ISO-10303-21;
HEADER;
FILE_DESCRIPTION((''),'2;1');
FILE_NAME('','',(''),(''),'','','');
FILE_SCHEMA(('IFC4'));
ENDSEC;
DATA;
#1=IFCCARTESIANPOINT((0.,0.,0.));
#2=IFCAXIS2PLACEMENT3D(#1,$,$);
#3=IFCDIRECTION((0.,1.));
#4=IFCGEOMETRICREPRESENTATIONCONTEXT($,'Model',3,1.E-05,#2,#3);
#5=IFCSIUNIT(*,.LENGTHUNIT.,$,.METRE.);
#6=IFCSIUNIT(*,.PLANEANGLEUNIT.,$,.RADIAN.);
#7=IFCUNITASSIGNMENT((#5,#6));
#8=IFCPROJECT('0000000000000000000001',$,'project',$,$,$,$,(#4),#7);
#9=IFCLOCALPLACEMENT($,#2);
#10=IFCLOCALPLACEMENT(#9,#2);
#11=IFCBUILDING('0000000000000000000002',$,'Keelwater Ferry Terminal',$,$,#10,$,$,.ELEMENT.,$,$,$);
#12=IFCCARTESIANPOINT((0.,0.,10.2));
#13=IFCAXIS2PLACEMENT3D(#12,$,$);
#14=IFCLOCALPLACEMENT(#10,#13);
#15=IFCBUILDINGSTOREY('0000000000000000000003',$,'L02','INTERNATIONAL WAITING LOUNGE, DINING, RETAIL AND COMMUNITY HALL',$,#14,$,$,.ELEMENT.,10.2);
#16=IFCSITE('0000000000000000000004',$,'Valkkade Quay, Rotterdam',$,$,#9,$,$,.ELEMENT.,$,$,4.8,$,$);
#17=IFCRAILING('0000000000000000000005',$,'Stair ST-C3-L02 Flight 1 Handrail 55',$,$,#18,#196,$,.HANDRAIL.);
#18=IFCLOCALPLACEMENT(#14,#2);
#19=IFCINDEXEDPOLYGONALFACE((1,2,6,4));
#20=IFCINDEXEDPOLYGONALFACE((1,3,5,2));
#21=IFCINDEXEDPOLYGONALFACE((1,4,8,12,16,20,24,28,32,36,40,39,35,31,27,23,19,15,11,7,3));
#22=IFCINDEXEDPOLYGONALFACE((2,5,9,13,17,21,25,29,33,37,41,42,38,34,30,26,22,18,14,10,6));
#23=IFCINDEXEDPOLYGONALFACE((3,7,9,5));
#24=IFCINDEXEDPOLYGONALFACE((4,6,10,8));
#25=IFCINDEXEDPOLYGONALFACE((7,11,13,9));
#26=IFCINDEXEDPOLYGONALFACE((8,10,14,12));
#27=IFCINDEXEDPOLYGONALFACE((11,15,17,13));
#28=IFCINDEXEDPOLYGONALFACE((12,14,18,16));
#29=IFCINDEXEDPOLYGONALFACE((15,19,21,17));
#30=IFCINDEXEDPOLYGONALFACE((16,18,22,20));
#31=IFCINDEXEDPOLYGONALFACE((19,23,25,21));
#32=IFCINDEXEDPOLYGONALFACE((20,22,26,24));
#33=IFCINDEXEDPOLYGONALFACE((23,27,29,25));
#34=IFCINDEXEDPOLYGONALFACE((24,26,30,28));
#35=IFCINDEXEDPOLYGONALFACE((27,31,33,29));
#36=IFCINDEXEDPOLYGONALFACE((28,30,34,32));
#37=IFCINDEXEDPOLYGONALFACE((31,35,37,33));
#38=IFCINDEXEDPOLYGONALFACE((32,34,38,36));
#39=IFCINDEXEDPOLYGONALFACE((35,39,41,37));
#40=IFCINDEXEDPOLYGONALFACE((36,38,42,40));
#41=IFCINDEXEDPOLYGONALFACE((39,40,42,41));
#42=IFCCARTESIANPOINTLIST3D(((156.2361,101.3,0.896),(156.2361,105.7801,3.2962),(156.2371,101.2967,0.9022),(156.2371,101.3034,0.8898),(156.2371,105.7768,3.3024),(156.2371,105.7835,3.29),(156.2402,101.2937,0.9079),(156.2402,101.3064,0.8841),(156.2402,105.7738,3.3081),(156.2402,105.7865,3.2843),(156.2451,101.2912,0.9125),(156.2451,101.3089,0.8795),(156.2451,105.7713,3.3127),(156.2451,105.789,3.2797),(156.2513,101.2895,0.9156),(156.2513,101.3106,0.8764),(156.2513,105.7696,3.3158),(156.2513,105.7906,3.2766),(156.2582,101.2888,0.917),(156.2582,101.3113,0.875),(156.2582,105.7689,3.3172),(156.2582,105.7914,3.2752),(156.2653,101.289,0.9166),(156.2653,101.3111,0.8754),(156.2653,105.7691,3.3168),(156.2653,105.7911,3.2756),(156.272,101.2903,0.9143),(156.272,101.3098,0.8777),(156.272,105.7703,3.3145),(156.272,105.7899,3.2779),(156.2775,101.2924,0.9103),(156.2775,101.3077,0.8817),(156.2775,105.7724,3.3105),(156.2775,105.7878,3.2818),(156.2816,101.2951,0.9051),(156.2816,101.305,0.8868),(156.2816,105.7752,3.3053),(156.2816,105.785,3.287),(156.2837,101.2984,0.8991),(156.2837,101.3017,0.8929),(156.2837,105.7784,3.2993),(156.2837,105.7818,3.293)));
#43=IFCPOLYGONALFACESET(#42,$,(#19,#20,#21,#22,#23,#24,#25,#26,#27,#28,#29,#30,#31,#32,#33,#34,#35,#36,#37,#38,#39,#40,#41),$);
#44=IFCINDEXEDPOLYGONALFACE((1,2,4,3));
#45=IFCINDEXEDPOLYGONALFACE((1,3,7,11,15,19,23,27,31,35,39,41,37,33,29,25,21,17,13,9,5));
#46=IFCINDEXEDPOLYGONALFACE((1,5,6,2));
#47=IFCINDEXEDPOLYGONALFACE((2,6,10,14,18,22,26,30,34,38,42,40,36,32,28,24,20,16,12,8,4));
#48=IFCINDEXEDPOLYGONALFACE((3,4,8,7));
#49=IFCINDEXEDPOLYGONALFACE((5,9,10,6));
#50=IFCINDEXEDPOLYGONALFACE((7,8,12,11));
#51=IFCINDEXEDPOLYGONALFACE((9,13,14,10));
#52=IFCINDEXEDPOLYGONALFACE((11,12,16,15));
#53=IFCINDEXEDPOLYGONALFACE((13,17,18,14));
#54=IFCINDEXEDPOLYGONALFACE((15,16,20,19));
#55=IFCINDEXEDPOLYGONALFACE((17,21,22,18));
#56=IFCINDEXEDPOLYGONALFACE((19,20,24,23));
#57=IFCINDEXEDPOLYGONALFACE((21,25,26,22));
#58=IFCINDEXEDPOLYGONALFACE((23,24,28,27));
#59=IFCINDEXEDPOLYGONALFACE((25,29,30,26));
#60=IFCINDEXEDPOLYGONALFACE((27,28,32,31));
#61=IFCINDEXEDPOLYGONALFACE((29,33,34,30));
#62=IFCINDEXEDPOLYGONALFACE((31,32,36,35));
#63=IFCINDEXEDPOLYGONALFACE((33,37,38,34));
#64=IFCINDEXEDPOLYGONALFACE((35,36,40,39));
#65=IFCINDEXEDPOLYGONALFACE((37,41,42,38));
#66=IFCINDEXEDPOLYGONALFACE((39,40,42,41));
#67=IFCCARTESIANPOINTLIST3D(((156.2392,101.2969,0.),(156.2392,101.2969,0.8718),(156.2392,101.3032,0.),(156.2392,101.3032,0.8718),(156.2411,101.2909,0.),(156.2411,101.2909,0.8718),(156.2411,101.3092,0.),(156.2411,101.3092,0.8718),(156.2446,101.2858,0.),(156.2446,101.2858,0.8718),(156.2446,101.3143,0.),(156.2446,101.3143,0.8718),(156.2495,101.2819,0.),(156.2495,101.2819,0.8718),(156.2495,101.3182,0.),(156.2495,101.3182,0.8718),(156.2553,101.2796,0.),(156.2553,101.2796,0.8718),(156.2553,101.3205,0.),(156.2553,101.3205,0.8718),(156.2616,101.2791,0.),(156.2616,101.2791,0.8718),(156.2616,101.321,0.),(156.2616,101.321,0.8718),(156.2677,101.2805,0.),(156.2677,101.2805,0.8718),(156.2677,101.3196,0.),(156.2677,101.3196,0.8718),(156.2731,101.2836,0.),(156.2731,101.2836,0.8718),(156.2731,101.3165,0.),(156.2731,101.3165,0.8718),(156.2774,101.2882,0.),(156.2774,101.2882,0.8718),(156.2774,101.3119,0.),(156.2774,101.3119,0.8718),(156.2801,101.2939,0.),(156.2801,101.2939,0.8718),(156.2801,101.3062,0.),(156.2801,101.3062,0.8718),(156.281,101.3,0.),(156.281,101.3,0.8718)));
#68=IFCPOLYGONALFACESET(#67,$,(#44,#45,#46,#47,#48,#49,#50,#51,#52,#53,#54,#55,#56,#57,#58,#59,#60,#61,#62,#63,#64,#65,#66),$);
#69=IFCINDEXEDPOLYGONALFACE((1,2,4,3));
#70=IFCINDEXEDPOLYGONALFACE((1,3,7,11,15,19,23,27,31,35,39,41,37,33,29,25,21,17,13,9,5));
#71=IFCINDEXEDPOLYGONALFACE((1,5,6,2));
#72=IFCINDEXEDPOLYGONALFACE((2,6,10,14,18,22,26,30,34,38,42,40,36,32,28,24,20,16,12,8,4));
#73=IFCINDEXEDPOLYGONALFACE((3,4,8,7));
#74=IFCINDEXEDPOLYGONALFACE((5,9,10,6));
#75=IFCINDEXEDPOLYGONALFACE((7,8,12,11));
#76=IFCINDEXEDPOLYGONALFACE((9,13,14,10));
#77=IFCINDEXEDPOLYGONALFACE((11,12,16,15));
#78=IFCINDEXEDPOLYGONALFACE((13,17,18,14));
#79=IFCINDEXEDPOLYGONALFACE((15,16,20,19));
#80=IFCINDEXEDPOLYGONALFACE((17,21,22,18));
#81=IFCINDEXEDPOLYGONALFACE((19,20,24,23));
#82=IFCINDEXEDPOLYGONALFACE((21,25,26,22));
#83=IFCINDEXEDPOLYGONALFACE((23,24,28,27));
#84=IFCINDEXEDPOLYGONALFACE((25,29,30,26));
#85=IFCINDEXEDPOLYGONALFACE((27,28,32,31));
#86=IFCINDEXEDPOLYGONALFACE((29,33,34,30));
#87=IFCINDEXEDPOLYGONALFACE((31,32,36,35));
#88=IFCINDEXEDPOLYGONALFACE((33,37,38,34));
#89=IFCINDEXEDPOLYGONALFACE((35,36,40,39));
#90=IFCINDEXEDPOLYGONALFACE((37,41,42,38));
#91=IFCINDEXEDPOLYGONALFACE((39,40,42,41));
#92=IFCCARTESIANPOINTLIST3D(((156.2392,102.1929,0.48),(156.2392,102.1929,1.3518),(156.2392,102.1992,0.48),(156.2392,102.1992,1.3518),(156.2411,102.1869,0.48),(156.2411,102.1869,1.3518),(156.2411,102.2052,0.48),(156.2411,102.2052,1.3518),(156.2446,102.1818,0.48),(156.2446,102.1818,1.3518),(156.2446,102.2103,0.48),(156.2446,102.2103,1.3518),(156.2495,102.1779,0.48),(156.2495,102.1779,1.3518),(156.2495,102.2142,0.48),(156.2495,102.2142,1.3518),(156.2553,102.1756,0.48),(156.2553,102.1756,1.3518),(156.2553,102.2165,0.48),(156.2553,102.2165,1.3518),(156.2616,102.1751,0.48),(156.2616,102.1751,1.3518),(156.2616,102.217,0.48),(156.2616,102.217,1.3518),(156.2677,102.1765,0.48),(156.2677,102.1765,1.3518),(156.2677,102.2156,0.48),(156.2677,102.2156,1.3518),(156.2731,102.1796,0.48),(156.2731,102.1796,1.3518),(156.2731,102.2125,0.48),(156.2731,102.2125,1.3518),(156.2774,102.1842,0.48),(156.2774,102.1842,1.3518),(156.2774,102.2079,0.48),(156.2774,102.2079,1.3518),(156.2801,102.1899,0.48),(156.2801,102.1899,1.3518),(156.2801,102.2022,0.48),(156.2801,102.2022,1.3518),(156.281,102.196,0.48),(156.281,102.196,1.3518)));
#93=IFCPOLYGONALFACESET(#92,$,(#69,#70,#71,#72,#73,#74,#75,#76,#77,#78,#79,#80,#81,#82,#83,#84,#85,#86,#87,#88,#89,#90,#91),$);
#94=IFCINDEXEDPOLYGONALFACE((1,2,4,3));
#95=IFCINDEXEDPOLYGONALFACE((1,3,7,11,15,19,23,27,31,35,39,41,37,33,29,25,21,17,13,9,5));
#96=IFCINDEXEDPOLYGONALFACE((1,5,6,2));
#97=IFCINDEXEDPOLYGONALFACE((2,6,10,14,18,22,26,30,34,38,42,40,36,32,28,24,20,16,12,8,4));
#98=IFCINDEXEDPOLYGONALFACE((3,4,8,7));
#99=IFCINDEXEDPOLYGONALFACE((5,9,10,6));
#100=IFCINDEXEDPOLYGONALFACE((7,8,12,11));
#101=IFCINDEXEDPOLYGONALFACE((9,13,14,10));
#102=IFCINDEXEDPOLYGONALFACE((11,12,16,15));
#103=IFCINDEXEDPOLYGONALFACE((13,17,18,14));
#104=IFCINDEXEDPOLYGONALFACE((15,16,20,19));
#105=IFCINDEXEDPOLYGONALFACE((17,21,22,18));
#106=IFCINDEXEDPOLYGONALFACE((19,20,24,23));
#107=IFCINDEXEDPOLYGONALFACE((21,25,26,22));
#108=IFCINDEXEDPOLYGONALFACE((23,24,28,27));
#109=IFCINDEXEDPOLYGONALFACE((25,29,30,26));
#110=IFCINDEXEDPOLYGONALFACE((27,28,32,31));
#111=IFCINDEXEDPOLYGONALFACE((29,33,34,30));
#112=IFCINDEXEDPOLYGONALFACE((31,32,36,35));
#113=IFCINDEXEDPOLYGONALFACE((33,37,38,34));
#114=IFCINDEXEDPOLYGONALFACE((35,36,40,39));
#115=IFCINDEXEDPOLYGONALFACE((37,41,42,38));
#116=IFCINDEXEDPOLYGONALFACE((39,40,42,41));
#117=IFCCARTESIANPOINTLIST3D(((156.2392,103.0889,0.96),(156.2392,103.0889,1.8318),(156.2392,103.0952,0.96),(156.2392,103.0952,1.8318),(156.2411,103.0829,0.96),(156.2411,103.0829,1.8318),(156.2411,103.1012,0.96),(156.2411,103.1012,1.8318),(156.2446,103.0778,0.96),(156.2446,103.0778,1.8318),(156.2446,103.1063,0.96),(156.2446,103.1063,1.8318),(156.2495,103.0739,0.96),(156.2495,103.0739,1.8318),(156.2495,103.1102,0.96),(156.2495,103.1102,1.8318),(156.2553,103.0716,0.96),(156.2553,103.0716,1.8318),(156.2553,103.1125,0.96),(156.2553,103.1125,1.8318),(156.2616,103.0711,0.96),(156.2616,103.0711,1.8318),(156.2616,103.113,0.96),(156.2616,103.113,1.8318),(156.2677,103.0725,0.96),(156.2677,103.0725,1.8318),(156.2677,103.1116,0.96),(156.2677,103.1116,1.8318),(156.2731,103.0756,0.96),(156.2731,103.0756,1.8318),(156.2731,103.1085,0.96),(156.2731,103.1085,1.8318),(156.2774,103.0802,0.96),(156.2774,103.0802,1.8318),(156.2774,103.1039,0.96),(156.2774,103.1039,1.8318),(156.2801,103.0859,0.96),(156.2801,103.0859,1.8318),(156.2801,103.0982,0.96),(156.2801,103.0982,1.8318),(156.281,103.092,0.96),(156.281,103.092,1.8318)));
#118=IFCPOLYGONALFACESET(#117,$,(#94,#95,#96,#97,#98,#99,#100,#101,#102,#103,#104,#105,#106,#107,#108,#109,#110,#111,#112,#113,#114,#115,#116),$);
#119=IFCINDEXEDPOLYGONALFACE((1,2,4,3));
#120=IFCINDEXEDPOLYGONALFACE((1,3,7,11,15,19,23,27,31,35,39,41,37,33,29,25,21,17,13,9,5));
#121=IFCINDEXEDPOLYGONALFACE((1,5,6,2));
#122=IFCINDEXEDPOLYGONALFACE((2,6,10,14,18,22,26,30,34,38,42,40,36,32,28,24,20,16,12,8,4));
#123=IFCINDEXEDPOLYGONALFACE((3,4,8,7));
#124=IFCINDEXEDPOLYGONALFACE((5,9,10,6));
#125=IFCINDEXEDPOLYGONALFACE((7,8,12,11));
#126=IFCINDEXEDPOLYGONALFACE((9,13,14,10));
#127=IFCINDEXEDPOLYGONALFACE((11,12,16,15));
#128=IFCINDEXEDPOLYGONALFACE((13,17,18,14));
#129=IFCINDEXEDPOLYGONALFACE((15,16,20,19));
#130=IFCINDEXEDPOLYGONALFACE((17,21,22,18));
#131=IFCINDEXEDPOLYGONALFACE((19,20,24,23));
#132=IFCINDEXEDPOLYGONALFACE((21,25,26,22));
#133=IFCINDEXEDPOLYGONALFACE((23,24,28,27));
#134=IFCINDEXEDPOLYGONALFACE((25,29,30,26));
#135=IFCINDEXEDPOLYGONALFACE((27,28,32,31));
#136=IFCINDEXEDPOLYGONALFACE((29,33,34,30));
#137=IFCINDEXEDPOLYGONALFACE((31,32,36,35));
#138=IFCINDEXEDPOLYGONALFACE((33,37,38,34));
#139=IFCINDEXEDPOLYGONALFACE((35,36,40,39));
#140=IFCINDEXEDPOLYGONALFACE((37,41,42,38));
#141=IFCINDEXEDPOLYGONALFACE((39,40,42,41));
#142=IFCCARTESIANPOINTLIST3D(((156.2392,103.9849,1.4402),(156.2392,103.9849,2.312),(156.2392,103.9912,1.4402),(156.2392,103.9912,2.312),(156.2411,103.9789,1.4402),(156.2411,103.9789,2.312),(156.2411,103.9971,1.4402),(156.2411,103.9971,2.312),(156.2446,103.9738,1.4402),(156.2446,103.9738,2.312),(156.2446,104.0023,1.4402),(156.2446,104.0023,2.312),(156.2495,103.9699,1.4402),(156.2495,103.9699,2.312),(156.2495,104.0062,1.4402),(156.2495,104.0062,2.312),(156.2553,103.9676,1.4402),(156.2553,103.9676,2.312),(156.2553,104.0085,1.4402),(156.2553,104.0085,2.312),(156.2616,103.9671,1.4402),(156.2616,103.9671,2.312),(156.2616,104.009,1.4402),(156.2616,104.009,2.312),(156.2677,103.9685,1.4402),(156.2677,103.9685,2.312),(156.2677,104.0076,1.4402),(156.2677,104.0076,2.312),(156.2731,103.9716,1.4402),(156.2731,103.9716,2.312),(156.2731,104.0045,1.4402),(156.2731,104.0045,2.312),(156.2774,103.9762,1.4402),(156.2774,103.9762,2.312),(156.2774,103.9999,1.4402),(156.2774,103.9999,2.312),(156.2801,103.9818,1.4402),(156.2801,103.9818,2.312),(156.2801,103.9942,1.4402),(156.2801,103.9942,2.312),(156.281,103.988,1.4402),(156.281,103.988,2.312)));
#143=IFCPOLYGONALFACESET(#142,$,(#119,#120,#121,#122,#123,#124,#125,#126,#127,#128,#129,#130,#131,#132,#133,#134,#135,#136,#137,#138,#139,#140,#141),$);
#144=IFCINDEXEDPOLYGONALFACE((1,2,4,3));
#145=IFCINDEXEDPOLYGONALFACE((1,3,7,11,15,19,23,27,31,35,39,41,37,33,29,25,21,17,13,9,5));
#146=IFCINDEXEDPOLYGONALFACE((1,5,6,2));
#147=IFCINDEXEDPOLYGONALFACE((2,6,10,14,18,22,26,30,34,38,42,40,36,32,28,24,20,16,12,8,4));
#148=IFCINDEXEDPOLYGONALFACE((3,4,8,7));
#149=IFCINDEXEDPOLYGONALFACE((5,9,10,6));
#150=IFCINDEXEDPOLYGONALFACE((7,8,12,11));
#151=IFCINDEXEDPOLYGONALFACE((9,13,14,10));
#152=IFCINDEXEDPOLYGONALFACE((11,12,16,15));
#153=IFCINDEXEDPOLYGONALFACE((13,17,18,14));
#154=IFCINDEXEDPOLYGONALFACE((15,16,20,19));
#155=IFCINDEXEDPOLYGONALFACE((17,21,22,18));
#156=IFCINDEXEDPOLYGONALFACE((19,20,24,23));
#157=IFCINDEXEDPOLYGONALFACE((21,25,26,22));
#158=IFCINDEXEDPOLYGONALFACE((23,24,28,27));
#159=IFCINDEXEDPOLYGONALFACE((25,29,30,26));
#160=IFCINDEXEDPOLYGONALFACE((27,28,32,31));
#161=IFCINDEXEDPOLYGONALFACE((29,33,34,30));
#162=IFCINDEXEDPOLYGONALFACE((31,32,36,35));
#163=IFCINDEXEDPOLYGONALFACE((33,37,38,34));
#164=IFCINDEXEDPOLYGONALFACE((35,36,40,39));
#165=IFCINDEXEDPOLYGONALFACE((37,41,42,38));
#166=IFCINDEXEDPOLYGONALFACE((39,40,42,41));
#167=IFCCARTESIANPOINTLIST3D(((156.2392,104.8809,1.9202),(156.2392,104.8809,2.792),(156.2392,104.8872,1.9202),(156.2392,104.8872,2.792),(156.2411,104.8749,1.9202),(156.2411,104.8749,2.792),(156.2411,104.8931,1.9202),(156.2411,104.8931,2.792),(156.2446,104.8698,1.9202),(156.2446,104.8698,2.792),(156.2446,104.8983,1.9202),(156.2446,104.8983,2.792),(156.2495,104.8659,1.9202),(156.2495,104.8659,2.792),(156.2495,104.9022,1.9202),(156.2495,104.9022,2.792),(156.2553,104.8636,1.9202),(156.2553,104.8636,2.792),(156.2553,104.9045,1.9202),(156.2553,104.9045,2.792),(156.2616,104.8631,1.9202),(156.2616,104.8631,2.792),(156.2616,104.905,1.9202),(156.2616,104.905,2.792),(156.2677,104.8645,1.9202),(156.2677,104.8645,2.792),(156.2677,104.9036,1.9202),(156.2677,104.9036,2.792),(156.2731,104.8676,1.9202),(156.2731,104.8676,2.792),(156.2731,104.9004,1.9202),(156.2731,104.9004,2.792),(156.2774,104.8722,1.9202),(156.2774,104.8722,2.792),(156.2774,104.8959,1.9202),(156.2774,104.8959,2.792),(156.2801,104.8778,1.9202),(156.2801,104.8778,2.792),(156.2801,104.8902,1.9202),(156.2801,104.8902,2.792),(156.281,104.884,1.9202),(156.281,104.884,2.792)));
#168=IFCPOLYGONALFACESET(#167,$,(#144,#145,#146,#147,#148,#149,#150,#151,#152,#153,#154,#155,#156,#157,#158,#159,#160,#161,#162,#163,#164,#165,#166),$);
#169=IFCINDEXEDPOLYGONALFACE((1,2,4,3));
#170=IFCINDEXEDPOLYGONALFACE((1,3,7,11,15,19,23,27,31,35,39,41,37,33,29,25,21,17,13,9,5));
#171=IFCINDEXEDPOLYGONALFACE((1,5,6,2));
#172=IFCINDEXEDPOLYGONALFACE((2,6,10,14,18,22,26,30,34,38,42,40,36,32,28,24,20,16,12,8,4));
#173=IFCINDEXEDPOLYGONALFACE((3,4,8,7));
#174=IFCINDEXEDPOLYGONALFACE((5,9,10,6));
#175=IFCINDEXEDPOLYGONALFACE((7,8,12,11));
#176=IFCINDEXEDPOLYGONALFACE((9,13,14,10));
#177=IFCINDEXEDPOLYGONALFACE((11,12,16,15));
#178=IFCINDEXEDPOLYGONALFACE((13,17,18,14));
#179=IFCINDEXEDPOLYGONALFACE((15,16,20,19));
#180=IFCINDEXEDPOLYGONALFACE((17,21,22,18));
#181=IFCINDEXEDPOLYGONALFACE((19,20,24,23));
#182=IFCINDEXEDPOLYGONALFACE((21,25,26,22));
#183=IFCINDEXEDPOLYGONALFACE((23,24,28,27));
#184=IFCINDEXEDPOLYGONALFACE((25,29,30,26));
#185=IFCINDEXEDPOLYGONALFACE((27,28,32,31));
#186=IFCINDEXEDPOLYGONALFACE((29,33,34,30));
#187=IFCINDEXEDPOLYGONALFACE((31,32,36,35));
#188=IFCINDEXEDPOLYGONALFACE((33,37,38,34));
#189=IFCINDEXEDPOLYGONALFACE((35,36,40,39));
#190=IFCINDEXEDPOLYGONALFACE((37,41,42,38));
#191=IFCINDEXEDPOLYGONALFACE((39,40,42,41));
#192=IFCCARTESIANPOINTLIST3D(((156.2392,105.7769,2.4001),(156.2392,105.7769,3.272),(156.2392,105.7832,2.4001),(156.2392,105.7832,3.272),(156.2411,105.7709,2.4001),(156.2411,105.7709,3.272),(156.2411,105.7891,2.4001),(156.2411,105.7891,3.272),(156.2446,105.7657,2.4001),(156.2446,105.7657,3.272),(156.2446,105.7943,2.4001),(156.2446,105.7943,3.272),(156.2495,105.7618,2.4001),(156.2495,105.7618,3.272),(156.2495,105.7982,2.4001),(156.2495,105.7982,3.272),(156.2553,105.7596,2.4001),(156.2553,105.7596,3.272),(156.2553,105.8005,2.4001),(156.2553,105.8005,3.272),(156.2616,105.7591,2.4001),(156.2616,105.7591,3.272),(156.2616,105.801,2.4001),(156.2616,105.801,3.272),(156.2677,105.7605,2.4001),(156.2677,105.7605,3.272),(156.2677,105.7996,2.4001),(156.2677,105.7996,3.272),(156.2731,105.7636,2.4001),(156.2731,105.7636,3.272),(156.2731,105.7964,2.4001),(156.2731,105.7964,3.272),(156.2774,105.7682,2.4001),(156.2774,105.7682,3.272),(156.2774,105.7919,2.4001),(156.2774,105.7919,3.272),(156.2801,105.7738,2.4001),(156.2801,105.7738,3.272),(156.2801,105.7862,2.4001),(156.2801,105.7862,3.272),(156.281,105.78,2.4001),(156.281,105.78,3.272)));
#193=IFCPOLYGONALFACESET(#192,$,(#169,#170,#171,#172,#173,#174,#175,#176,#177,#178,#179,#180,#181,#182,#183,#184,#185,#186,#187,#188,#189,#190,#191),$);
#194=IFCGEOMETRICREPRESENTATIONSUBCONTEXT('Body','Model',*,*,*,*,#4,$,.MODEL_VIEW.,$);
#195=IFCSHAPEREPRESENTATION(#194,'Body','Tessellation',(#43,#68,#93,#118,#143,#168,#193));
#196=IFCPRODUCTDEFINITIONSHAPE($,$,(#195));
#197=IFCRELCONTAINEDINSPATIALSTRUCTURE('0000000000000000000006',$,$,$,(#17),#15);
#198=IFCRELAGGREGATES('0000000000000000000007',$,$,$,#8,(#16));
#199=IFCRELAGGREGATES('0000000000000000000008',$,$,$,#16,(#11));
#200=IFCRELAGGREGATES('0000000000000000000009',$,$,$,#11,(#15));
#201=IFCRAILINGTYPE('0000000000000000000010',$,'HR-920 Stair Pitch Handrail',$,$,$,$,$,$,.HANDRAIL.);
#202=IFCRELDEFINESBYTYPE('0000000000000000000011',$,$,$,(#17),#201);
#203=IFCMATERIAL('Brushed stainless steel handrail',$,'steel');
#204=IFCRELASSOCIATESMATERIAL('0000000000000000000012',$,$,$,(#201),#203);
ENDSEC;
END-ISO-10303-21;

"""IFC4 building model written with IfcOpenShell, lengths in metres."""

from ifc_helpers import new_model, si_unit, direction, frame, origin, origin_2d, place, context, subcontext, project, spatial, circle, extrude, material, type_object, element, save


model = new_model("IFC4")

# Units and contexts
model_context = context("Model", 3, precision=1e-05, world=origin(), true_north=direction((0.0, 1.0)))
body_context = subcontext(model_context, "Body", "Model", "MODEL_VIEW")
ifc_project = project(units=[si_unit("LENGTHUNIT", "METRE"), si_unit("PLANEANGLEUNIT", "RADIAN")], contexts=[model_context])

# Site, building, storey
site_placement = place(None, origin())
site = spatial("IfcSite", under=ifc_project, at=site_placement, Name="Valkkade Quay, Rotterdam", CompositionType="ELEMENT", RefElevation=4.8)
building_placement = place(site_placement, origin())
building = spatial("IfcBuilding", under=site, at=building_placement, Name="Keelwater Ferry Terminal", CompositionType="ELEMENT")
storey_placement = place(building_placement, frame((0.0, 0.0, 10.2)))
storey = spatial("IfcBuildingStorey", under=building, at=storey_placement, Name="L02", Description="INTERNATIONAL WAITING LOUNGE, DINING, RETAIL AND COMMUNITY HALL", CompositionType="ELEMENT", Elevation=10.2)

# Railing
ifc_material_1 = material(Name="Brushed stainless steel handrail", Category="steel")
railing_type_1 = type_object("IfcRailingType", Name="HR-920 Stair Pitch Handrail", PredefinedType="HANDRAIL", material=ifc_material_1)
railing_1_placement = place(storey_placement, frame((156.26, 101.3, 0.0)))
element("IfcRailing", 1, at=railing_1_placement, inside=storey, type_object=railing_type_1, Name="Stair ST-C3-L02 Flight 1 Handrail 55", PredefinedType="HANDRAIL", context=body_context, shape_type="SweptSolid", body=[
    extrude(circle(Radius=0.0239, at=origin_2d()), frame((0.0, 0.0, 0.896), z_axis=(0.0, 0.881467, 0.472245), x_axis=(-1.0, 0.0, 0.0)), (0.0, 0.0, 1.0), 5.0825),
    extrude(circle(Radius=0.021, at=origin_2d()), origin(), (0.0, 0.0, 1.0), 0.8718),
    extrude(circle(Radius=0.021, at=origin_2d()), frame((0.0, 0.896, 0.48)), (0.0, 0.0, 1.0), 0.8718),
    extrude(circle(Radius=0.021, at=origin_2d()), frame((0.0, 1.792, 0.96)), (0.0, 0.0, 1.0), 0.8718),
    extrude(circle(Radius=0.021, at=origin_2d()), frame((0.0, 2.688, 1.4402)), (0.0, 0.0, 1.0), 0.8718),
    extrude(circle(Radius=0.021, at=origin_2d()), frame((0.0, 3.584, 1.9202)), (0.0, 0.0, 1.0), 0.8718),
    extrude(circle(Radius=0.021, at=origin_2d()), frame((0.0, 4.48, 2.4001)), (0.0, 0.0, 1.0), 0.8718),
])

save(model, "model.ifc")
